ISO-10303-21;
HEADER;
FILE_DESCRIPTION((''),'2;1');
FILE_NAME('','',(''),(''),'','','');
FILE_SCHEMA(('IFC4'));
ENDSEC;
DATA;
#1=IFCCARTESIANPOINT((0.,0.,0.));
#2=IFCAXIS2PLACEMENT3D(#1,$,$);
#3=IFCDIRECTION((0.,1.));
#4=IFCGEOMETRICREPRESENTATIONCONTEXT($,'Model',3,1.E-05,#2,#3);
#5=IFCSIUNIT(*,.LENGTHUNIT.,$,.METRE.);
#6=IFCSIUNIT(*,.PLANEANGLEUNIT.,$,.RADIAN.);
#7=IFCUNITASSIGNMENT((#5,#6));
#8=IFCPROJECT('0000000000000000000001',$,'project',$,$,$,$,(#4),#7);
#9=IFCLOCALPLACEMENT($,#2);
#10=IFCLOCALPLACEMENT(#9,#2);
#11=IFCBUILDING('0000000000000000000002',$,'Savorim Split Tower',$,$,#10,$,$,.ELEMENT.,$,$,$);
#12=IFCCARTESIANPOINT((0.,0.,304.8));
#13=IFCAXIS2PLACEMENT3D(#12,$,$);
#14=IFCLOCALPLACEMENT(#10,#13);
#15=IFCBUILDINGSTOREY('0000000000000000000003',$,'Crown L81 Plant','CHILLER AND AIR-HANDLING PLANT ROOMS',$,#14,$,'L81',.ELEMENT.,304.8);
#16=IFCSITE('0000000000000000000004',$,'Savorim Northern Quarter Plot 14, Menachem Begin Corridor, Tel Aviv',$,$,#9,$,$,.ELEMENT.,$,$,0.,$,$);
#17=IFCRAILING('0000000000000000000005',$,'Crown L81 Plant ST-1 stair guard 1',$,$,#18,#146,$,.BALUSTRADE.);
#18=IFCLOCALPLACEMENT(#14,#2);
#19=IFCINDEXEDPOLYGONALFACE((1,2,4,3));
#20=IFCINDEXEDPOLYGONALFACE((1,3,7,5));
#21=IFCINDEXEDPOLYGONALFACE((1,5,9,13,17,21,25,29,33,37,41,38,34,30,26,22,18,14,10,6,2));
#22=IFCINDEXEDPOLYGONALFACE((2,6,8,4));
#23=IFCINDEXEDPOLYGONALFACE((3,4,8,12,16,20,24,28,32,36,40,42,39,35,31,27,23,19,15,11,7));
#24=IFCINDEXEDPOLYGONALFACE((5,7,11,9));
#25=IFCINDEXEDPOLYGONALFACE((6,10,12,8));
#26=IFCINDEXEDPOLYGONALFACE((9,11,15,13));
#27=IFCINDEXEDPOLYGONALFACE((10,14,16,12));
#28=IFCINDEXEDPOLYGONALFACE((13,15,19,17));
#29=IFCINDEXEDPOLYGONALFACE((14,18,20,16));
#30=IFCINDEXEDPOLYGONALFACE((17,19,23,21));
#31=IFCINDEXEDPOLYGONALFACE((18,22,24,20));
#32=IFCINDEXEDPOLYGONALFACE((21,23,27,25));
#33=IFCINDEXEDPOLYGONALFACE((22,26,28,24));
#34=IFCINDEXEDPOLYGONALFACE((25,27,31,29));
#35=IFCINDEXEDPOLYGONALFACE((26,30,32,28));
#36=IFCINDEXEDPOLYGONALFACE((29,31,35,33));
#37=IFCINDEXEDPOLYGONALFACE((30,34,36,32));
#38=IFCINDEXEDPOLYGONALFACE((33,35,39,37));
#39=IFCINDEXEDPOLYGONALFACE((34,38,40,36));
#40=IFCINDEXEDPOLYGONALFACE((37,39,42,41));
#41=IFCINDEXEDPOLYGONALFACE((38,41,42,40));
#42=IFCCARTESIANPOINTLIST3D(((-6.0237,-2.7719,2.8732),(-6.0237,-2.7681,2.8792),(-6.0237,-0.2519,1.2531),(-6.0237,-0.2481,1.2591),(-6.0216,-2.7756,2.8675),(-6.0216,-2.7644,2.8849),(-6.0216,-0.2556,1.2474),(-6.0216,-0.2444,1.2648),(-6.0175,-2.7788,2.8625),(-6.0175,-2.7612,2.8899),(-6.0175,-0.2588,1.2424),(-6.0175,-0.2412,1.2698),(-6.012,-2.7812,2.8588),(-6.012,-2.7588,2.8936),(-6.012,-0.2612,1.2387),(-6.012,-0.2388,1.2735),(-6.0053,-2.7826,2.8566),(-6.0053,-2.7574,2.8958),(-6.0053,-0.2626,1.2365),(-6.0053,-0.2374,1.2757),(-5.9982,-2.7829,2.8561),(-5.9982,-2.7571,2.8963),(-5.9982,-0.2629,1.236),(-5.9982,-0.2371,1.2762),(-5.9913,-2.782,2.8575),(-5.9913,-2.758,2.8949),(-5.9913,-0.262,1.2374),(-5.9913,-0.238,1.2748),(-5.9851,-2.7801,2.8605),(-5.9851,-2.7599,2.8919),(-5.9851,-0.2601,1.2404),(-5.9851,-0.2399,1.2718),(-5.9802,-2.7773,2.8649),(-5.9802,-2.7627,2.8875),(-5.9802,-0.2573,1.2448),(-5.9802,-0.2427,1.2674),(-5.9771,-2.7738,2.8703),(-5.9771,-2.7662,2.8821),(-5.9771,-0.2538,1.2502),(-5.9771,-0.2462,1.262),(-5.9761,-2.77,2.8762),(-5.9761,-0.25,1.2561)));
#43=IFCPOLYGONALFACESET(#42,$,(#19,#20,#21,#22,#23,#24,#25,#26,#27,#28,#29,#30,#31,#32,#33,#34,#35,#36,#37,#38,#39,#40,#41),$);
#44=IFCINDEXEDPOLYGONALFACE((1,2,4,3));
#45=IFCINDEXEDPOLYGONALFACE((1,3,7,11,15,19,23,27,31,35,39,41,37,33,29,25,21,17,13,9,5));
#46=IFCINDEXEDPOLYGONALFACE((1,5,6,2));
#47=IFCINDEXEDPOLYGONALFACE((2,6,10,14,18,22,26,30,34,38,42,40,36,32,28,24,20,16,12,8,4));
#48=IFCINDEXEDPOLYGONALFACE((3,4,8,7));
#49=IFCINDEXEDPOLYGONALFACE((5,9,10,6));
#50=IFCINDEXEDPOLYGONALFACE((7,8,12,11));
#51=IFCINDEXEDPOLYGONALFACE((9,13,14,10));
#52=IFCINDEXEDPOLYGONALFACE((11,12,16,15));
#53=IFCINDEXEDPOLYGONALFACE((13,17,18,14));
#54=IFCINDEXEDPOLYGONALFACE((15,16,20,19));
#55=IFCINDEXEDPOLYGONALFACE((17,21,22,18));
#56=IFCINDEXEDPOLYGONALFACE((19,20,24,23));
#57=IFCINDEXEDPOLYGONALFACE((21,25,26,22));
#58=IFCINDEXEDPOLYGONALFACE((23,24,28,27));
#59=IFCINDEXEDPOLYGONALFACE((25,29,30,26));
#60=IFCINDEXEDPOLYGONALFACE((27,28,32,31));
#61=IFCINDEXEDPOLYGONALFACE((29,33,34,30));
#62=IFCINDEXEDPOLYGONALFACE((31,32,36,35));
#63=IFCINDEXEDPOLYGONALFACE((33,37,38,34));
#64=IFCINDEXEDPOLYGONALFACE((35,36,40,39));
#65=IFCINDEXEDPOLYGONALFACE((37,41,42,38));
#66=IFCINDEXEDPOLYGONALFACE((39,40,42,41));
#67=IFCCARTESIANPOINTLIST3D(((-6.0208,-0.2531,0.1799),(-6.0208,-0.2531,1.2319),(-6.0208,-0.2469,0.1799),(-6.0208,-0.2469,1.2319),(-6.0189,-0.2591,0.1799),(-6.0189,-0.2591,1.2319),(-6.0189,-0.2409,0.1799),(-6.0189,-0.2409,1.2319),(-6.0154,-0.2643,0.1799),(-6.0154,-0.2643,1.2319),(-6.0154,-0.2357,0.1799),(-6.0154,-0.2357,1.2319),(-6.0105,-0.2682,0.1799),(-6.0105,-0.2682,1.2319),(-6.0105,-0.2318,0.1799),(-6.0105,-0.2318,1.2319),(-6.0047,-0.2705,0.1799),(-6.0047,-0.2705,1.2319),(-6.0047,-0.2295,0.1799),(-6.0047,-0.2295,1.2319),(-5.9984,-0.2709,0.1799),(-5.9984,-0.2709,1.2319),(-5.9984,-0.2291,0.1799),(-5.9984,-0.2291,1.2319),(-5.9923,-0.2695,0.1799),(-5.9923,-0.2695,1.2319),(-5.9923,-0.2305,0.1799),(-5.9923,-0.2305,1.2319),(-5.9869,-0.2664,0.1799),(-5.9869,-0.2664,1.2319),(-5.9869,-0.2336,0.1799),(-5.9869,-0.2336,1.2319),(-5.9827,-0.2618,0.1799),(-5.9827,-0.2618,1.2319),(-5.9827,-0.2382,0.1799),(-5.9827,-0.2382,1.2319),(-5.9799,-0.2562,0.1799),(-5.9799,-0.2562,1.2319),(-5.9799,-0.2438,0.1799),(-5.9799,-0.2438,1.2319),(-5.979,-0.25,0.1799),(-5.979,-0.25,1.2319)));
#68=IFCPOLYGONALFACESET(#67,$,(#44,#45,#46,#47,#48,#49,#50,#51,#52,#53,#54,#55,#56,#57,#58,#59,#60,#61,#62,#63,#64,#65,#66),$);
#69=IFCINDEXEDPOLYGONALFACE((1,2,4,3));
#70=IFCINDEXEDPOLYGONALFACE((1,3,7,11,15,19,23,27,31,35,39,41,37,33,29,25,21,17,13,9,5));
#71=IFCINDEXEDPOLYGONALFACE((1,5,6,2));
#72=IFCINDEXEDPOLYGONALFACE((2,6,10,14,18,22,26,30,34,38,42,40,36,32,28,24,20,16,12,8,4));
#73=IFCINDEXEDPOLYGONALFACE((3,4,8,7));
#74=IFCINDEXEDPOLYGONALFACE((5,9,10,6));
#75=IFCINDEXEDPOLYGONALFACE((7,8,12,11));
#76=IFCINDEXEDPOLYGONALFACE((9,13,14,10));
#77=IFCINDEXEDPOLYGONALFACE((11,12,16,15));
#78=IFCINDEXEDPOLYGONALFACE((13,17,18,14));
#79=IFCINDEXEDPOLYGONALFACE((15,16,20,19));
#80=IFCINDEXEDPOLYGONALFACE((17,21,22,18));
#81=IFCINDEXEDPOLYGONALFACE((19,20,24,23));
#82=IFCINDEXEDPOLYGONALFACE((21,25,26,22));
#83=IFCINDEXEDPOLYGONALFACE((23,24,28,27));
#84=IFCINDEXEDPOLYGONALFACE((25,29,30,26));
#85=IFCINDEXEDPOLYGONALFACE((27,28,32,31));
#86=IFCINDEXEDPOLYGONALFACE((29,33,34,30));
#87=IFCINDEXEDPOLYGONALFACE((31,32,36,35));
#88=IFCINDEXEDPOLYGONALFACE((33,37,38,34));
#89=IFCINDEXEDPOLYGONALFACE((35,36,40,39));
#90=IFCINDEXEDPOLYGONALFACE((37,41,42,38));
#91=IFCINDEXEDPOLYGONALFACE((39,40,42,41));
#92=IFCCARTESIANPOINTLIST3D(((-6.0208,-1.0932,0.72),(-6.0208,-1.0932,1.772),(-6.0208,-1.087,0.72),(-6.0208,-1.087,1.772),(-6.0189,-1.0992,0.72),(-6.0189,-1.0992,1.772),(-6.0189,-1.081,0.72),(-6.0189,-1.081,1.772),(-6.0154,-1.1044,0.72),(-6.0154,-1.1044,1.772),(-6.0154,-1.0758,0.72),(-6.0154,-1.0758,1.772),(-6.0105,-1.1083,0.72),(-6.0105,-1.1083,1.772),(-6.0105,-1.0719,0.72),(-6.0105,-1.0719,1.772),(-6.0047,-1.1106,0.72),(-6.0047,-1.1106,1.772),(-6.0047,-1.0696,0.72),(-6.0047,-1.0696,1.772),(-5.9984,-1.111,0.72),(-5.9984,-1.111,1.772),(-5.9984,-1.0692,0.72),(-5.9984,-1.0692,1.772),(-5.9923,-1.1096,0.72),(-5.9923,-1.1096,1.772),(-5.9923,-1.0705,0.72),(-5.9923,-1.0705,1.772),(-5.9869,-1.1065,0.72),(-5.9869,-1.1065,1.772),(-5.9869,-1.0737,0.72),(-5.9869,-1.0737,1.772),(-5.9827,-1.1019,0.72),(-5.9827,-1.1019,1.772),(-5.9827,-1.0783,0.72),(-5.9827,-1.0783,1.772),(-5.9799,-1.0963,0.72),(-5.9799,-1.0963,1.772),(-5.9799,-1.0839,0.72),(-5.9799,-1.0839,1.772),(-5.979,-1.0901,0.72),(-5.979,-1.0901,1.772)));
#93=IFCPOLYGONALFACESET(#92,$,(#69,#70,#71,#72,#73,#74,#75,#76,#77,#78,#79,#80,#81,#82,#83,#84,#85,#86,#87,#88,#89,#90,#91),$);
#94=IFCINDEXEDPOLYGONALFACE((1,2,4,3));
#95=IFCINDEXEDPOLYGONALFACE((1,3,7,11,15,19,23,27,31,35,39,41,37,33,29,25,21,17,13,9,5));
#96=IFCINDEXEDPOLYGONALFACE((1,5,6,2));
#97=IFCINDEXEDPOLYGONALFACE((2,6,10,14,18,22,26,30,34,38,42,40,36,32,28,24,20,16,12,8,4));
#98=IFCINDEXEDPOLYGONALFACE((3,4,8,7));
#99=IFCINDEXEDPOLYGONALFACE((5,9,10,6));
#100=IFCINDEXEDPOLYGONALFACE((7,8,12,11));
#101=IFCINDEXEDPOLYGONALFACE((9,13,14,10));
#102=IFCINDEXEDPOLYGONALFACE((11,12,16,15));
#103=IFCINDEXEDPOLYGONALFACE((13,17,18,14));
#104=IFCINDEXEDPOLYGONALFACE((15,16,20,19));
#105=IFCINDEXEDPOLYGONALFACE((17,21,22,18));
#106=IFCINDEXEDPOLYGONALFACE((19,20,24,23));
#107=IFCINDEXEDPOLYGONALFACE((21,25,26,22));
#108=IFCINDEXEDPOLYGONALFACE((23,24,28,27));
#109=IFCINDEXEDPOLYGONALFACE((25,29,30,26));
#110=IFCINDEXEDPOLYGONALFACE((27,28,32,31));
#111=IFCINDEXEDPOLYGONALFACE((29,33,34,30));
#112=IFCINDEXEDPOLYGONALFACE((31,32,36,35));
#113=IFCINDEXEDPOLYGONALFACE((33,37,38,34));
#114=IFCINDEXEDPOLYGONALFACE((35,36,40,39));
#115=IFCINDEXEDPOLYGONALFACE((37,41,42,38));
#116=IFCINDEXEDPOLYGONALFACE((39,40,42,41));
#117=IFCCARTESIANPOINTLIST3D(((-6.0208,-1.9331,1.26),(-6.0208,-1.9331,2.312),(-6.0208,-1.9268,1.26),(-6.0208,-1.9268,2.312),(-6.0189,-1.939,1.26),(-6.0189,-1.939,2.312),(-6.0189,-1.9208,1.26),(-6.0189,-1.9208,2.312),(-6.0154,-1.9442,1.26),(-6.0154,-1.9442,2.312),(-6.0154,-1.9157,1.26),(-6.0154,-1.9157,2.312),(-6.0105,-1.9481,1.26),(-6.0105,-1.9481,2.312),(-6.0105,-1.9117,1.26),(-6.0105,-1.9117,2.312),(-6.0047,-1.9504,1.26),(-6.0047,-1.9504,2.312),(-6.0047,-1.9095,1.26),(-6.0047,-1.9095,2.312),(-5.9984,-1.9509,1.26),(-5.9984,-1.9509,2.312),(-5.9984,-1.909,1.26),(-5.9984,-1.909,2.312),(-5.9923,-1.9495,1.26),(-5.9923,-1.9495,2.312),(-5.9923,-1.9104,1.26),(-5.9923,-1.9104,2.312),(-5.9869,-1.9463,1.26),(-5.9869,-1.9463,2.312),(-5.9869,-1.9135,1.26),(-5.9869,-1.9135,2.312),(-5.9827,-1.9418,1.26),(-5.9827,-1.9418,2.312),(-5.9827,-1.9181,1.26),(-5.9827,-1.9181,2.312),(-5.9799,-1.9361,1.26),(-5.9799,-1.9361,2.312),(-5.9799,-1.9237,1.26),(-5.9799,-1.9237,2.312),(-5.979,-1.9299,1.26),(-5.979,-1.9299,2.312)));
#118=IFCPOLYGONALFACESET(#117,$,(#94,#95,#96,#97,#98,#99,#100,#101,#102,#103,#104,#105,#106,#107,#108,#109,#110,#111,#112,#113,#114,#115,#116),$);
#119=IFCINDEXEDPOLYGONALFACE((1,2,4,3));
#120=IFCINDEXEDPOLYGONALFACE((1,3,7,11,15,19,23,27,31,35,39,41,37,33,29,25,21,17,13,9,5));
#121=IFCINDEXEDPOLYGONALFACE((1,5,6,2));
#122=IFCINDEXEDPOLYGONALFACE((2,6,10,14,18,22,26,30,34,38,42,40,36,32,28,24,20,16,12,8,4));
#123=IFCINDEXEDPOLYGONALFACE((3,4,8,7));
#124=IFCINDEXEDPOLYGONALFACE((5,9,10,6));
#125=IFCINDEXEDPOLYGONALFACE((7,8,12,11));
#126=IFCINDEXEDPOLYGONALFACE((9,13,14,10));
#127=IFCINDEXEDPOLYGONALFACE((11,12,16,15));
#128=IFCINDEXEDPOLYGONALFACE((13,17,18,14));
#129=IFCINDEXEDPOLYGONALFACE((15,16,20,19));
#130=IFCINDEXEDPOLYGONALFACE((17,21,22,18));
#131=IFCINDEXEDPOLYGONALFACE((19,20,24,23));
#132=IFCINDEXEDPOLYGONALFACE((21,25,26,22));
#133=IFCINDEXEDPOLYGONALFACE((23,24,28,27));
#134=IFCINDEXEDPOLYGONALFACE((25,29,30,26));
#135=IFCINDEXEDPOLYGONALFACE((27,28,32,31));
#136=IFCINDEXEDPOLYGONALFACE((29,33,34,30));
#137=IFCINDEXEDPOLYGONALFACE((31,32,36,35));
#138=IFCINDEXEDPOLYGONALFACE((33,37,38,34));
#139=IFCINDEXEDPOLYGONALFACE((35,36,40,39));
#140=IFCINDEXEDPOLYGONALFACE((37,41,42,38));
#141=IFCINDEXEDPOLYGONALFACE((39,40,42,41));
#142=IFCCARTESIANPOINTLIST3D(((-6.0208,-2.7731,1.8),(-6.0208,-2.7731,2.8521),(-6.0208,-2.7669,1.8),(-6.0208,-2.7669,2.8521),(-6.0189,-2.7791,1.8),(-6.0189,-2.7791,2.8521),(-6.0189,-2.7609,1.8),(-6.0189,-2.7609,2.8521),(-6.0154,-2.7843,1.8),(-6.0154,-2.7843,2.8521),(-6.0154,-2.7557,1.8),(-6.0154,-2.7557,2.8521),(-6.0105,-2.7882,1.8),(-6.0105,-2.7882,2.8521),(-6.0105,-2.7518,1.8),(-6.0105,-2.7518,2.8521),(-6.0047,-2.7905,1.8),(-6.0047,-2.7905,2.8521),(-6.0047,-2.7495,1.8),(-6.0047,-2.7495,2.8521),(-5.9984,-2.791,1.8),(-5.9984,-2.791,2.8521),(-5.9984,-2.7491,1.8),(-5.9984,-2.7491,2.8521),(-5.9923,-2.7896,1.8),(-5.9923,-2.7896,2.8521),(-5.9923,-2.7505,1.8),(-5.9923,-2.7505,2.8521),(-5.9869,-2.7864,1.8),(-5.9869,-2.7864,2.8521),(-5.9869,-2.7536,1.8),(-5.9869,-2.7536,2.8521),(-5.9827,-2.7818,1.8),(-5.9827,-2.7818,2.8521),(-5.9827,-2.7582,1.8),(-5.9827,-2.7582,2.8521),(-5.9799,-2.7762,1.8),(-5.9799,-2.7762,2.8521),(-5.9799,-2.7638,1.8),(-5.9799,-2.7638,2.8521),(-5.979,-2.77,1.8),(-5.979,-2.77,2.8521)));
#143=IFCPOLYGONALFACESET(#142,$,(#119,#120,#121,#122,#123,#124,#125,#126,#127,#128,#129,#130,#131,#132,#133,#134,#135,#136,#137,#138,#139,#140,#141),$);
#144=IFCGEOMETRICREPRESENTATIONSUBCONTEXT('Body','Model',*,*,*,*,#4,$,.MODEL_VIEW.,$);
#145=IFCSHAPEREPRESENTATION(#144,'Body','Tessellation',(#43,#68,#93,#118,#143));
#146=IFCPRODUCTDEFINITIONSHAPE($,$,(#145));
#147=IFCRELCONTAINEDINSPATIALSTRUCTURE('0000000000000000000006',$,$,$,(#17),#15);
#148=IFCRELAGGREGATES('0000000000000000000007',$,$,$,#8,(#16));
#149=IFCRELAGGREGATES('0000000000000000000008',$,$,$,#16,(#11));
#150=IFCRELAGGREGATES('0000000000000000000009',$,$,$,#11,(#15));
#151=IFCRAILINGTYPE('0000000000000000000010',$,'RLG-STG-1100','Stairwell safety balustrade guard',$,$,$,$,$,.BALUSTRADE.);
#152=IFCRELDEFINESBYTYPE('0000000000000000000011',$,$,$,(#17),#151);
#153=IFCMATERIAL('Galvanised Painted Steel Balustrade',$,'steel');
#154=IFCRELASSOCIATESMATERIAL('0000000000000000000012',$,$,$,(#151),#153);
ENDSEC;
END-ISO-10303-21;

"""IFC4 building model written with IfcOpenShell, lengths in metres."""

from ifc_helpers import new_model, si_unit, direction, frame, origin, origin_2d, place, context, subcontext, project, spatial, circle, extrude, material, type_object, element, save


model = new_model("IFC4")

# Units and contexts
model_context = context("Model", 3, precision=1e-05, world=origin(), true_north=direction((0.0, 1.0)))
body_context = subcontext(model_context, "Body", "Model", "MODEL_VIEW")
ifc_project = project(units=[si_unit("LENGTHUNIT", "METRE"), si_unit("PLANEANGLEUNIT", "RADIAN")], contexts=[model_context])

# Site, building, storey
site_placement = place(None, origin())
site = spatial("IfcSite", under=ifc_project, at=site_placement, Name="Savorim Northern Quarter Plot 14, Menachem Begin Corridor, Tel Aviv", CompositionType="ELEMENT", RefElevation=0.0)
building_placement = place(site_placement, origin())
building = spatial("IfcBuilding", under=site, at=building_placement, Name="Savorim Split Tower", CompositionType="ELEMENT")
storey_placement = place(building_placement, frame((0.0, 0.0, 304.8)))
storey = spatial("IfcBuildingStorey", under=building, at=storey_placement, Name="Crown L81 Plant", Description="CHILLER AND AIR-HANDLING PLANT ROOMS", LongName="L81", CompositionType="ELEMENT", Elevation=304.8)

# Railing
ifc_material_1 = material(Name="Galvanised Painted Steel Balustrade", Category="steel")
railing_type_1 = type_object("IfcRailingType", Name="RLG-STG-1100", Description="Stairwell safety balustrade guard", PredefinedType="BALUSTRADE", material=ifc_material_1)
railing_1_placement = place(storey_placement, frame((-6.0, -0.25, 0.1799)))
element("IfcRailing", 1, at=railing_1_placement, inside=storey, type_object=railing_type_1, Name="Crown L81 Plant ST-1 stair guard 1", PredefinedType="BALUSTRADE", context=body_context, shape_type="SweptSolid", body=[
    extrude(circle(Radius=0.0239, at=origin_2d()), frame((0.0, 0.0, 1.0762), z_axis=(0.0, -0.841163, 0.540782), x_axis=(1.0, 0.0, 0.0)), (0.0, 0.0, 1.0), 2.9958),
    extrude(circle(Radius=0.021, at=origin_2d()), origin(), (0.0, 0.0, 1.0), 1.052),
    extrude(circle(Radius=0.021, at=origin_2d()), frame((0.0, -0.8401, 0.54)), (0.0, 0.0, 1.0), 1.052),
    extrude(circle(Radius=0.021, at=origin_2d()), frame((0.0, -1.6799, 1.0801)), (0.0, 0.0, 1.0), 1.052),
    extrude(circle(Radius=0.021, at=origin_2d()), frame((0.0, -2.52, 1.6201)), (0.0, 0.0, 1.0), 1.052),
])

save(model, "model.ifc")
